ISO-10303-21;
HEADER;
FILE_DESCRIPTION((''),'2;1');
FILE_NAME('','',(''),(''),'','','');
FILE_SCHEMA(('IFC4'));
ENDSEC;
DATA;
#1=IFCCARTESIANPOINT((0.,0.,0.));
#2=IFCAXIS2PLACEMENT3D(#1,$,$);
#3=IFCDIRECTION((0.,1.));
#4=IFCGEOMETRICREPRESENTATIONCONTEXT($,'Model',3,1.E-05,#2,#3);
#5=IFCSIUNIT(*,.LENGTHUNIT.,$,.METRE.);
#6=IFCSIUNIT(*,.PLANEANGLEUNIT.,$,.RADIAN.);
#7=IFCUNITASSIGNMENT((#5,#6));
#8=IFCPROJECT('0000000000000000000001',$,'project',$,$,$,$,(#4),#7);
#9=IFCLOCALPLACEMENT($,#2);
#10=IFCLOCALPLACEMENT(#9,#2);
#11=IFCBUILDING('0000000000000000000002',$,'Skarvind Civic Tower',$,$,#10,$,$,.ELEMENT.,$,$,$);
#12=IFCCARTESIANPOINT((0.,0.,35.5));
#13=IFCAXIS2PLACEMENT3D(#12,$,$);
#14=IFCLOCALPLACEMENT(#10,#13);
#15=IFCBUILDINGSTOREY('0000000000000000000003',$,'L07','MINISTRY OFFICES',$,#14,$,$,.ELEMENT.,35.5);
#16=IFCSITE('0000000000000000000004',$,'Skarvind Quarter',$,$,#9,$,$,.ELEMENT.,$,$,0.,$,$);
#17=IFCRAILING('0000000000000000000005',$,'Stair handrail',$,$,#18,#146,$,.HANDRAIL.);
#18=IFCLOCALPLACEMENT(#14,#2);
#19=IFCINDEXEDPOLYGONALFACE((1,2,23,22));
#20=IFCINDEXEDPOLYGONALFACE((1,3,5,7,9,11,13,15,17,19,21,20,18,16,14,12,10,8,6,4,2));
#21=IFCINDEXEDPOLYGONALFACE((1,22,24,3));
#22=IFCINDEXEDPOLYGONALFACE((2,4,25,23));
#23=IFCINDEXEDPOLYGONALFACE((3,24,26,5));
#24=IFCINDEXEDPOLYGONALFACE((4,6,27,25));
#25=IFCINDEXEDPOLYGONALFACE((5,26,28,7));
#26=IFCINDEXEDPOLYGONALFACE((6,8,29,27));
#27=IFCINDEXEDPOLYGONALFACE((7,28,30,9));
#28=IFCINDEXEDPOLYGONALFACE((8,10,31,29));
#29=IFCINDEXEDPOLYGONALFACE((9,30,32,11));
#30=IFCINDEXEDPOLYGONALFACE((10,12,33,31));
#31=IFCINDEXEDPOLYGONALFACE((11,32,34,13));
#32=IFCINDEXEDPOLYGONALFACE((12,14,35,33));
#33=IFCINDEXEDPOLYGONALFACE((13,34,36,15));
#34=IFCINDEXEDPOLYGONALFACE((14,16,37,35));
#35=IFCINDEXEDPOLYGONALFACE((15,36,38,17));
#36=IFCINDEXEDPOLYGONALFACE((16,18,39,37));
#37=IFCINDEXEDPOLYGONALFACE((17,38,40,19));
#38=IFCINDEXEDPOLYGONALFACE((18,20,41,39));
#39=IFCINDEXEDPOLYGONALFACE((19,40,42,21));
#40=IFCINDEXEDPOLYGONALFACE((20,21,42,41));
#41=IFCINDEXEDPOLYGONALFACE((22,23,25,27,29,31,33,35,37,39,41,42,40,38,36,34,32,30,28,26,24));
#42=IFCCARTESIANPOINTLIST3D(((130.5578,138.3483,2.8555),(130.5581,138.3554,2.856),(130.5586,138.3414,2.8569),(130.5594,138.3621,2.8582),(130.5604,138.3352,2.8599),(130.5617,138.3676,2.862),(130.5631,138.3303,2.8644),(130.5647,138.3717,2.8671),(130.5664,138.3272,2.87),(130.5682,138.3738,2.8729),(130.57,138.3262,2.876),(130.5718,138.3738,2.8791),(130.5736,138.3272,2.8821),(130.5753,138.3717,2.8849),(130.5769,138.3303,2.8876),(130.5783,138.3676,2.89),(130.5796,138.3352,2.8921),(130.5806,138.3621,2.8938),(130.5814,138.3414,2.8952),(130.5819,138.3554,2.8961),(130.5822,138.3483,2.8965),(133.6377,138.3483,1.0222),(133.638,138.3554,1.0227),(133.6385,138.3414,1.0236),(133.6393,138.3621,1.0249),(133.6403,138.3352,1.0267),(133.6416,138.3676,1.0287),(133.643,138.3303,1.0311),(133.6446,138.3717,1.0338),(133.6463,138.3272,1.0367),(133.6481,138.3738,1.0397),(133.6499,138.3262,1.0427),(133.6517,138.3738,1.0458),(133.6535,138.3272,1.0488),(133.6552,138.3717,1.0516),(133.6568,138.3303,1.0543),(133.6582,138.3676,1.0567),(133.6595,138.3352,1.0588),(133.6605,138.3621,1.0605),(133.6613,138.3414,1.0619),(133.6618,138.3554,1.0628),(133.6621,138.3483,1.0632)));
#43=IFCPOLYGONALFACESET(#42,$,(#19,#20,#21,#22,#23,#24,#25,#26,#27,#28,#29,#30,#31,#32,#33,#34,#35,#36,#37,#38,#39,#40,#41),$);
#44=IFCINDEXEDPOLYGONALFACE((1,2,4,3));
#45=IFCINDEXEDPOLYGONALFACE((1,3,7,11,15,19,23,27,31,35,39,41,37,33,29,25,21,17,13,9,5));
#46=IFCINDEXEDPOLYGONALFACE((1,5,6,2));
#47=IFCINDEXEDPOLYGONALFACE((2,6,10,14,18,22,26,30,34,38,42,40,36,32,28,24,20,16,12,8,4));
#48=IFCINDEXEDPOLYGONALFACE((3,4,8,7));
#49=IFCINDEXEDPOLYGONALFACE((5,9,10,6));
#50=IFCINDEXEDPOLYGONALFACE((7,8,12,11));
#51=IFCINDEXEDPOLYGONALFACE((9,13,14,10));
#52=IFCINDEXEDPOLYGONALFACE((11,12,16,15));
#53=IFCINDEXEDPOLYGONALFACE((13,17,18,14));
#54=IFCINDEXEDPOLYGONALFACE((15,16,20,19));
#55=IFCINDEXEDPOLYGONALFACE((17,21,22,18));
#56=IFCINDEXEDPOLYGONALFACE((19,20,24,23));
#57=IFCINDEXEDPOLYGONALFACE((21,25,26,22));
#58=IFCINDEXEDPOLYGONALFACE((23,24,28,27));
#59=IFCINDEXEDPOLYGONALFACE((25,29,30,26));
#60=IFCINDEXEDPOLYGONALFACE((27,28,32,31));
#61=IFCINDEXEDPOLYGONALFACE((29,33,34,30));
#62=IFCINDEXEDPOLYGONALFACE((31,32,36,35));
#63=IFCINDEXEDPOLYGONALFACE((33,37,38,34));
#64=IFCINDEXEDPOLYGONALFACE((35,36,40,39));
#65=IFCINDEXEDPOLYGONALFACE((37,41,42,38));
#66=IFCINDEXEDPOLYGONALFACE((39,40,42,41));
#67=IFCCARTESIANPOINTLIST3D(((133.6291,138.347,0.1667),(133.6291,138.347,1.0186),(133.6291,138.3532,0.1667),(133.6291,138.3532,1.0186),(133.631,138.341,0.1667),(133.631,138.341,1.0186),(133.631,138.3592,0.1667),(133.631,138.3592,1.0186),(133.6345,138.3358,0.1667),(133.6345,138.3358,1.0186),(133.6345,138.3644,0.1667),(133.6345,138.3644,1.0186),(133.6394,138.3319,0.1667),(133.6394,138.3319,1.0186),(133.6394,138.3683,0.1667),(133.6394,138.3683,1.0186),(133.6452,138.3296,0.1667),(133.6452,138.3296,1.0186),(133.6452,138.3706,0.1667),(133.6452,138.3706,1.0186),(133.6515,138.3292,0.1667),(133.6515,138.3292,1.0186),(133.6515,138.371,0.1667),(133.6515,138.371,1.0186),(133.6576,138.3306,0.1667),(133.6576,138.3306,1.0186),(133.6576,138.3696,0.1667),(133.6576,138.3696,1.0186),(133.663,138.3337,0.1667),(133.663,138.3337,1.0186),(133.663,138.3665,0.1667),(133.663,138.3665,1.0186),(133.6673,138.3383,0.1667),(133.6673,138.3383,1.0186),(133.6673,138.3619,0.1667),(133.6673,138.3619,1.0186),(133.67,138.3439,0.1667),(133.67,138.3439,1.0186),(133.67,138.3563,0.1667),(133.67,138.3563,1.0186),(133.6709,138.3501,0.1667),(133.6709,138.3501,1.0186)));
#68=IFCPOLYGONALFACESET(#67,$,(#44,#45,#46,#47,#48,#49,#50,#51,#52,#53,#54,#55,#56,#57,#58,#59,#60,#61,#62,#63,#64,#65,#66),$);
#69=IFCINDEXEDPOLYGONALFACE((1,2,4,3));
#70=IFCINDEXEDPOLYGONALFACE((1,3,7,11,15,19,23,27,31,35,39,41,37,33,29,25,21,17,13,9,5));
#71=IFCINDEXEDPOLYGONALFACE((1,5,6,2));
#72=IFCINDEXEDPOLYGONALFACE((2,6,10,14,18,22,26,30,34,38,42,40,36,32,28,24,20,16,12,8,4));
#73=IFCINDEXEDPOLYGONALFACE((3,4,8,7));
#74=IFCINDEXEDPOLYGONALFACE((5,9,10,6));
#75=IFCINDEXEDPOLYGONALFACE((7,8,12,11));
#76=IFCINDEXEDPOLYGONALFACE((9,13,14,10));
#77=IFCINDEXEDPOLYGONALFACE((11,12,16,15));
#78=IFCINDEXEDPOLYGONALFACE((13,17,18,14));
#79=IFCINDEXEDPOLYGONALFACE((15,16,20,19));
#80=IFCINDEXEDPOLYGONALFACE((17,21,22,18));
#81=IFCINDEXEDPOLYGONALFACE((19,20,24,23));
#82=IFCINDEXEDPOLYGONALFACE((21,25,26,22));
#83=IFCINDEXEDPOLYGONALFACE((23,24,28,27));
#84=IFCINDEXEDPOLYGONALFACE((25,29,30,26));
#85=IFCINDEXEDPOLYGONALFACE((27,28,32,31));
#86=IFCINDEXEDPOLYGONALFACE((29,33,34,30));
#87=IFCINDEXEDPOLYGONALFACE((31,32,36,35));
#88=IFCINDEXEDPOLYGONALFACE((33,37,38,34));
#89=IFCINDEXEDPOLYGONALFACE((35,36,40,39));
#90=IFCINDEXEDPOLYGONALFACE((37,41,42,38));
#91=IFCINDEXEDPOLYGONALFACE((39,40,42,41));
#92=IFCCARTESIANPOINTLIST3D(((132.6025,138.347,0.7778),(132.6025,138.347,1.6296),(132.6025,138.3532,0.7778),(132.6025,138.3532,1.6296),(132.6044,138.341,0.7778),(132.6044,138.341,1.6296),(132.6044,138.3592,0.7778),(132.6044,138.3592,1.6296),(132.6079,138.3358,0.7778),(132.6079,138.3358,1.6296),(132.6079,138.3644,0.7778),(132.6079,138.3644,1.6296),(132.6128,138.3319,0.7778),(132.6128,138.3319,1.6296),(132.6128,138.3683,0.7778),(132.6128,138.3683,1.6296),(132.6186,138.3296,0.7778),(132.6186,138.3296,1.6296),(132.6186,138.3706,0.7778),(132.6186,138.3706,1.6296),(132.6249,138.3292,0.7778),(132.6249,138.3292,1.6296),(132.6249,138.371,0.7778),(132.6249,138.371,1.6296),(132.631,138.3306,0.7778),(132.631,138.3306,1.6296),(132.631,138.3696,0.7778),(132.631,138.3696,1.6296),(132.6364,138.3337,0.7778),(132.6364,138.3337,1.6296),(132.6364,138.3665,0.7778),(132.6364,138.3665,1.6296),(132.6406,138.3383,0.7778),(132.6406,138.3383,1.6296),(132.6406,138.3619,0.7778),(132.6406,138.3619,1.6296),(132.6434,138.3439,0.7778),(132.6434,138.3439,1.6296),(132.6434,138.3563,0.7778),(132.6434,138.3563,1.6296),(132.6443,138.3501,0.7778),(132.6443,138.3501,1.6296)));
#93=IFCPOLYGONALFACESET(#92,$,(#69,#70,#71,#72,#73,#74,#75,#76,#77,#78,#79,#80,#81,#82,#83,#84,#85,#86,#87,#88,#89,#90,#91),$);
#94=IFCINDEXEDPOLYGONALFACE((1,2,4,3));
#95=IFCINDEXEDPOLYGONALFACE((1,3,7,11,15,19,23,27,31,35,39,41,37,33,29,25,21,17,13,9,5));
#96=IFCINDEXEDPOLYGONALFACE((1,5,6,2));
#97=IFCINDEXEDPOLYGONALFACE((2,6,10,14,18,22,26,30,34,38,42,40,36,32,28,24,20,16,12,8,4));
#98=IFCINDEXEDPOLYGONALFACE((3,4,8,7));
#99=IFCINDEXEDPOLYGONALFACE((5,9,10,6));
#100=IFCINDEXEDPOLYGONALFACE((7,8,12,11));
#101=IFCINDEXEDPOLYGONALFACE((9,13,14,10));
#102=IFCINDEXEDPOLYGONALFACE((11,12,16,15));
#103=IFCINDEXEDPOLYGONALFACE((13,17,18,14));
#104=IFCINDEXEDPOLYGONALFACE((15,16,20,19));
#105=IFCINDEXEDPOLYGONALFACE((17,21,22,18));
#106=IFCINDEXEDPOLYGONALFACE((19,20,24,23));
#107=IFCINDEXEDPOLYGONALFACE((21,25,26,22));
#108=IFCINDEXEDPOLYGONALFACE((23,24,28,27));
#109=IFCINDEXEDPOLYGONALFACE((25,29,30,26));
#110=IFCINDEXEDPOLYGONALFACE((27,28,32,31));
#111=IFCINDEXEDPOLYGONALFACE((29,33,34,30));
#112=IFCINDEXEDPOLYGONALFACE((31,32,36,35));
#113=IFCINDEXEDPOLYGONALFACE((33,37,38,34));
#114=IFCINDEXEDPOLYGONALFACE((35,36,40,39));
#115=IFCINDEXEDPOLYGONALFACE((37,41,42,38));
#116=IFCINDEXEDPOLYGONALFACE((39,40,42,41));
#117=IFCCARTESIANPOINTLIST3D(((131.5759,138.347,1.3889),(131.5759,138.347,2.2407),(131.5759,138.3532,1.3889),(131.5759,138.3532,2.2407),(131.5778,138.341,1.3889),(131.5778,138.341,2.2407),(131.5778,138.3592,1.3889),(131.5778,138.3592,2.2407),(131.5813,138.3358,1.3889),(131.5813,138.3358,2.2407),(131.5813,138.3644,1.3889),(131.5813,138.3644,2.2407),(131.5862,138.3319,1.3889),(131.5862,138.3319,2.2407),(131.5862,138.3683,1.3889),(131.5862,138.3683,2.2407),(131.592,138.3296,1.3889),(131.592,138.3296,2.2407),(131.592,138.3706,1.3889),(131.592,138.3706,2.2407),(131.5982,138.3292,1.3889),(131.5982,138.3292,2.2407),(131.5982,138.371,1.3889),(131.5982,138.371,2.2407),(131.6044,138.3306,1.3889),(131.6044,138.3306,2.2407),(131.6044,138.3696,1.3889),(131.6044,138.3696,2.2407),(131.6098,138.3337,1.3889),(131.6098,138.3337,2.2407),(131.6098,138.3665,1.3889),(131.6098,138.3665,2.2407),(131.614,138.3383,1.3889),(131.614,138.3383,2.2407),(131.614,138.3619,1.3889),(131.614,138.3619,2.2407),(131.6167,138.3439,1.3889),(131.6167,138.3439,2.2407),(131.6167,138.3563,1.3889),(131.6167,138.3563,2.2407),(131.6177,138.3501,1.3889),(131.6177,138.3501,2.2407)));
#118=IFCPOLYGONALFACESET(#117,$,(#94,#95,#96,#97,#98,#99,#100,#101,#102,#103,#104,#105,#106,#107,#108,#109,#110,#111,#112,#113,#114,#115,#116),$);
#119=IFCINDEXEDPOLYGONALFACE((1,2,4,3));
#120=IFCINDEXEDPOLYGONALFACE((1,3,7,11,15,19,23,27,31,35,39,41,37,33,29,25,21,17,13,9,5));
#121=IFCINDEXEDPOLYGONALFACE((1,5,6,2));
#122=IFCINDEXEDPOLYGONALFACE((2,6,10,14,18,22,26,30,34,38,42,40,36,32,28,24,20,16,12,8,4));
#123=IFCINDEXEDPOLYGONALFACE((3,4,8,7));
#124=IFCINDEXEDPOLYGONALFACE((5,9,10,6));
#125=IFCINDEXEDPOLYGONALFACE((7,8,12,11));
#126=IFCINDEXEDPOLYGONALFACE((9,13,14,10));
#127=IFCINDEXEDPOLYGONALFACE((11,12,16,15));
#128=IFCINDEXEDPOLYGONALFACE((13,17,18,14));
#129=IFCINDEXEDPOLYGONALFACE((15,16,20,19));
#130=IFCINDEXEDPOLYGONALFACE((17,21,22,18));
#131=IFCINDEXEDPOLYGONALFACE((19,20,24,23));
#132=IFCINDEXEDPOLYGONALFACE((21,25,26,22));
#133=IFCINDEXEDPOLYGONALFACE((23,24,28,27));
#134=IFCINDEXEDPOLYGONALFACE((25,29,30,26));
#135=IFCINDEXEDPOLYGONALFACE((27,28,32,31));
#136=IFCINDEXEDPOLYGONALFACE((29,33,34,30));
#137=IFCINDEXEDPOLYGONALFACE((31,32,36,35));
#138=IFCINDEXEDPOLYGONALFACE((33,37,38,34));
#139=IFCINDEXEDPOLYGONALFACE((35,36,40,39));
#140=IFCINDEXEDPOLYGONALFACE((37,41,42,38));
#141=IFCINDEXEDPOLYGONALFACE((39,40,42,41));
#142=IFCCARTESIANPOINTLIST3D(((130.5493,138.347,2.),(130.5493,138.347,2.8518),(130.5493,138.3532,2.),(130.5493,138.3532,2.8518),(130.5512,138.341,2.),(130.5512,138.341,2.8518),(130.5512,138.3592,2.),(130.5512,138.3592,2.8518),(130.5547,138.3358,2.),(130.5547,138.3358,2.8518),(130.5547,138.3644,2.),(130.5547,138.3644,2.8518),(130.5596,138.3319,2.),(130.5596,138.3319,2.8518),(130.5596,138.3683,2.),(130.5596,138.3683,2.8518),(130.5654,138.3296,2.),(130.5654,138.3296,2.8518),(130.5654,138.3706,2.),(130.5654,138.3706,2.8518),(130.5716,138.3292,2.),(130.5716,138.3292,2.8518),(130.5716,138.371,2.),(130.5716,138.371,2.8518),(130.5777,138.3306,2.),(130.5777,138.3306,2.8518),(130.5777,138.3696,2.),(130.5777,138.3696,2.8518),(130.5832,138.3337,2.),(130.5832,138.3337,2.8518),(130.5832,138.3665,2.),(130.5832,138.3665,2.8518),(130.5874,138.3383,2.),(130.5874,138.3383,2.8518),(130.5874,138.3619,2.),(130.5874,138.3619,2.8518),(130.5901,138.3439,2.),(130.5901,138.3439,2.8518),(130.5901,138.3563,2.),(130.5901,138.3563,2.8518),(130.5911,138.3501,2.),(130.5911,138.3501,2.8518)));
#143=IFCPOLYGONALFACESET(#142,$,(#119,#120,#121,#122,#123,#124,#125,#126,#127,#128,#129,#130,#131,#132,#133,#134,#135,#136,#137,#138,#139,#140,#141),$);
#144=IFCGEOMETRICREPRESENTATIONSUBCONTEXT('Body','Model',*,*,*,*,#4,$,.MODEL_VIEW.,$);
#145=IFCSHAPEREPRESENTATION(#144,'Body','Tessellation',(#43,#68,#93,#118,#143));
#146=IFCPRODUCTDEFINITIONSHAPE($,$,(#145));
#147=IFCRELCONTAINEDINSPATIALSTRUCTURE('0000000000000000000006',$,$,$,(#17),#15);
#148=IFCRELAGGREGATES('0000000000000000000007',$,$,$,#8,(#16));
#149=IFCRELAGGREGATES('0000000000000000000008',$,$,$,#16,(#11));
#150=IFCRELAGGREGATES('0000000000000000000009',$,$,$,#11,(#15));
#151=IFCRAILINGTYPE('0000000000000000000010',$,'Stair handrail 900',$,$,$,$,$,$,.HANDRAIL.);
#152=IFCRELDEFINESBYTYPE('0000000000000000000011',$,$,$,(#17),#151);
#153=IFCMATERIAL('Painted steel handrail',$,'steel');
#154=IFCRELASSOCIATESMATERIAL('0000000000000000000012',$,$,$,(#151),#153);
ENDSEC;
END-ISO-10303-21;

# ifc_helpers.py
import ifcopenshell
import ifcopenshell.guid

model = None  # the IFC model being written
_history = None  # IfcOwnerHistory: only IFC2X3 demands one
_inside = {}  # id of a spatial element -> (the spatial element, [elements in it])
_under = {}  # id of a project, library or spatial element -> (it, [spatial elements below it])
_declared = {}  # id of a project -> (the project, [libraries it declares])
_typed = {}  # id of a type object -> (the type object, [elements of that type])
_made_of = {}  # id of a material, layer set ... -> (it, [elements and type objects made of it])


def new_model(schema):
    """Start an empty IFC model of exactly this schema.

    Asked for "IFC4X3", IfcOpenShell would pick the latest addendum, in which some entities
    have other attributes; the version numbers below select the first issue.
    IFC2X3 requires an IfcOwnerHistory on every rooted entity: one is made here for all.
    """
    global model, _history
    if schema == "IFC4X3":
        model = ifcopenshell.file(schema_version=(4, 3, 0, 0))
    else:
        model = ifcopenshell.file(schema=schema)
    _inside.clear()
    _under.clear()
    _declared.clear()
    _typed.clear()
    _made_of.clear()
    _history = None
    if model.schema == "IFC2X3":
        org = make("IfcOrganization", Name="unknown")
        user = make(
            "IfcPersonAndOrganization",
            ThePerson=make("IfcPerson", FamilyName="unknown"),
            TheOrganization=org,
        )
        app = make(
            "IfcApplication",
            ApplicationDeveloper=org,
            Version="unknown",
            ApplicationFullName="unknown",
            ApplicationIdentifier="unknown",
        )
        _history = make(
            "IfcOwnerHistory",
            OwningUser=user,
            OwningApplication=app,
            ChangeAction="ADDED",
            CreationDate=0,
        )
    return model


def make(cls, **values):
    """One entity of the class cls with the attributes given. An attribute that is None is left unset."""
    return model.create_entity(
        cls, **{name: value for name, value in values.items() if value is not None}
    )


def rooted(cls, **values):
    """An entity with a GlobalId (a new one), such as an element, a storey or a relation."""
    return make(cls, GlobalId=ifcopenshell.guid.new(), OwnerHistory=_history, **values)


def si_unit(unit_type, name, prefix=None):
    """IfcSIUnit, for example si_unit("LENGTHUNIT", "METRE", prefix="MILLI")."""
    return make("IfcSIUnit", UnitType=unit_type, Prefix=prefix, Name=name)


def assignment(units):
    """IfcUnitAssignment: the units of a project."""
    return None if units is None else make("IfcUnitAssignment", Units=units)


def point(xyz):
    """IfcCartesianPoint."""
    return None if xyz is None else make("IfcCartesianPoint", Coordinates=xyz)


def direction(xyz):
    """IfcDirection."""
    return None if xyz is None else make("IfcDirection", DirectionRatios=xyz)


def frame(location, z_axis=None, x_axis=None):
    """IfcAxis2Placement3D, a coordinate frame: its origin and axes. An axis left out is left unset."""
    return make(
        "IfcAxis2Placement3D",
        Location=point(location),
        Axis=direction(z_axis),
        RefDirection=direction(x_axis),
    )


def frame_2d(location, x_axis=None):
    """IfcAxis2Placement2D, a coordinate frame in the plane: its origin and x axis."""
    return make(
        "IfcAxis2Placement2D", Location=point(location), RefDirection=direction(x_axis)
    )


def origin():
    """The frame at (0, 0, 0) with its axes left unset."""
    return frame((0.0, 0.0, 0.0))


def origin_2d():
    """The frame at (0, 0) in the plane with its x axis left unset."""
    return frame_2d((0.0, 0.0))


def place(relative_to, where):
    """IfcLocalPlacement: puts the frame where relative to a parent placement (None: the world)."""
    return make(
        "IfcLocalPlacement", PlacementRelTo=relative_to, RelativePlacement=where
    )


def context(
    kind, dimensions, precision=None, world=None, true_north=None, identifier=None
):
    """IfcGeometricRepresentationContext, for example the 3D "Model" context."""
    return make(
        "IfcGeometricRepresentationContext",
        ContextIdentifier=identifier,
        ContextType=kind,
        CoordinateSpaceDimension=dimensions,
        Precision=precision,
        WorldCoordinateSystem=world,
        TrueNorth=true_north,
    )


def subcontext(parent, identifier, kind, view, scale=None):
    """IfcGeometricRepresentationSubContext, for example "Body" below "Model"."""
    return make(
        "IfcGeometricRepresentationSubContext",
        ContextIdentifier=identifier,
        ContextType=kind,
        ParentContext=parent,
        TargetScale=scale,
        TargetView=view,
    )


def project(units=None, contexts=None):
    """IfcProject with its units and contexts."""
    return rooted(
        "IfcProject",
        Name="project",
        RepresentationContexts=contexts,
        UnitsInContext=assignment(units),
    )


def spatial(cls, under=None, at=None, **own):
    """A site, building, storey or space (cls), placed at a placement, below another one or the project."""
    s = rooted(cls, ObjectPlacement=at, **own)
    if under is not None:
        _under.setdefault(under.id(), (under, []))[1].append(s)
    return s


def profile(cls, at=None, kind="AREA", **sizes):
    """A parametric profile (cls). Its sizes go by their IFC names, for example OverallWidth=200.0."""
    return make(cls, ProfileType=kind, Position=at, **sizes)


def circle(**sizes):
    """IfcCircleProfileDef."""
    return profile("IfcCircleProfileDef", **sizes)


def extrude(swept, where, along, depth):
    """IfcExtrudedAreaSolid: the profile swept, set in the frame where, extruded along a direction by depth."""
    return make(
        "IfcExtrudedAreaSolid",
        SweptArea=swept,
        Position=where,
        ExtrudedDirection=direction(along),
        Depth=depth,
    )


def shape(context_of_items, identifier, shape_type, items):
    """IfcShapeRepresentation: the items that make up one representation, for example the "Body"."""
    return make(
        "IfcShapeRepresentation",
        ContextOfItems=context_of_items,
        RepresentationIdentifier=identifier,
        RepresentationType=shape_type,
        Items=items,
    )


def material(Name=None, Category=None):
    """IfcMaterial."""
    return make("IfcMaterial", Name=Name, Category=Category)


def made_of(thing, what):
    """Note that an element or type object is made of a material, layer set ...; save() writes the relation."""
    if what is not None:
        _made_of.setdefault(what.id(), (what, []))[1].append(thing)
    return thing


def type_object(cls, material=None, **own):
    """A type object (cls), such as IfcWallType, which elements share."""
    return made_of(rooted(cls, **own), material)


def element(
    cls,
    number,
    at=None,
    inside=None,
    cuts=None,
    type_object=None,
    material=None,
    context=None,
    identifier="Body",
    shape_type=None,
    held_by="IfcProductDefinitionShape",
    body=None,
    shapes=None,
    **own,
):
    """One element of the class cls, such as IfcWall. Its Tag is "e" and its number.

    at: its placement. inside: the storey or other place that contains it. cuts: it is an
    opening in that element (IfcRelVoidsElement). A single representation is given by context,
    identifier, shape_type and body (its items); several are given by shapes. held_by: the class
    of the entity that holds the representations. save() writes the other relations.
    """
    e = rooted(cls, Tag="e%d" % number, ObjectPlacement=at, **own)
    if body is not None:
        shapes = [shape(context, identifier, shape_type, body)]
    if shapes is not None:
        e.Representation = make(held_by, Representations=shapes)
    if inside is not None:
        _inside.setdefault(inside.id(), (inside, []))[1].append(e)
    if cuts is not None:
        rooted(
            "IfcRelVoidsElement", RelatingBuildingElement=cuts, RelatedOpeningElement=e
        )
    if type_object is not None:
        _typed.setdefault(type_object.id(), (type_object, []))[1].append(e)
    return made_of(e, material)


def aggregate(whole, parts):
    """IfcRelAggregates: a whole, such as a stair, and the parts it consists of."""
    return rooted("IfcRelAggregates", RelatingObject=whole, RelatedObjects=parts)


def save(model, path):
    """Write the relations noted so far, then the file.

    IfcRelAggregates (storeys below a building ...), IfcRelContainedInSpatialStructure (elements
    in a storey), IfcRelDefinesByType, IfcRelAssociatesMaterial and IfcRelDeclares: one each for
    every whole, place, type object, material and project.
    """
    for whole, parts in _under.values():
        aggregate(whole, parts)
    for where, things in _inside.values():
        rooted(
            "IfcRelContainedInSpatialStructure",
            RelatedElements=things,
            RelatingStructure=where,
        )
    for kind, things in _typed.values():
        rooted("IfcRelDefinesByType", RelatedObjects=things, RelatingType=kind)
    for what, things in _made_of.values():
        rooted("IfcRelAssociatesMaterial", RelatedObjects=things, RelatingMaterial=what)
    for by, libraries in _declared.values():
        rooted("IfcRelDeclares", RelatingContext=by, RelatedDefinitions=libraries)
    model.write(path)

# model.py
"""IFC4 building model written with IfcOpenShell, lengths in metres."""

from ifc_helpers import new_model, si_unit, direction, frame, origin, origin_2d, place, context, subcontext, project, spatial, circle, extrude, material, type_object, element, save


model = new_model("IFC4")

# Units and contexts
model_context = context("Model", 3, precision=1e-05, world=origin(), true_north=direction((0.0, 1.0)))
body_context = subcontext(model_context, "Body", "Model", "MODEL_VIEW")
ifc_project = project(units=[si_unit("LENGTHUNIT", "METRE"), si_unit("PLANEANGLEUNIT", "RADIAN")], contexts=[model_context])

# Site, building, storey
site_placement = place(None, origin())
site = spatial("IfcSite", under=ifc_project, at=site_placement, Name="Skarvind Quarter", CompositionType="ELEMENT", RefElevation=0.0)
building_placement = place(site_placement, origin())
building = spatial("IfcBuilding", under=site, at=building_placement, Name="Skarvind Civic Tower", CompositionType="ELEMENT")
storey_placement = place(building_placement, frame((0.0, 0.0, 35.5)))
storey = spatial("IfcBuildingStorey", under=building, at=storey_placement, Name="L07", Description="MINISTRY OFFICES", CompositionType="ELEMENT", Elevation=35.5)

# Railing
ifc_material_1 = material(Name="Painted steel handrail", Category="steel")
railing_type = type_object("IfcRailingType", Name="Stair handrail 900", PredefinedType="HANDRAIL", material=ifc_material_1)
railing_1_placement = place(storey_placement, frame((133.6499, 138.3501, 0.1667)))
element("IfcRailing", 1, at=railing_1_placement, inside=storey, type_object=railing_type, Name="Stair handrail", PredefinedType="HANDRAIL", context=body_context, shape_type="SweptSolid", body=[
    extrude(circle(Radius=0.0239, at=origin_2d()), frame((0.0, 0.0, 0.876), z_axis=(-0.859291, 0.0, 0.511487), x_axis=(0.0, -1.0, 0.0)), (0.0, 0.0, 1.0), 3.5842),
    extrude(circle(Radius=0.021, at=origin_2d()), origin(), (0.0, 0.0, 1.0), 0.8518),
    extrude(circle(Radius=0.021, at=origin_2d()), frame((-1.0266, 0.0, 0.6111)), (0.0, 0.0, 1.0), 0.8518),
    extrude(circle(Radius=0.021, at=origin_2d()), frame((-2.0532, 0.0, 1.2222)), (0.0, 0.0, 1.0), 0.8518),
    extrude(circle(Radius=0.021, at=origin_2d()), frame((-3.0798, 0.0, 1.8333)), (0.0, 0.0, 1.0), 0.8518),
])

save(model, "model.ifc")
